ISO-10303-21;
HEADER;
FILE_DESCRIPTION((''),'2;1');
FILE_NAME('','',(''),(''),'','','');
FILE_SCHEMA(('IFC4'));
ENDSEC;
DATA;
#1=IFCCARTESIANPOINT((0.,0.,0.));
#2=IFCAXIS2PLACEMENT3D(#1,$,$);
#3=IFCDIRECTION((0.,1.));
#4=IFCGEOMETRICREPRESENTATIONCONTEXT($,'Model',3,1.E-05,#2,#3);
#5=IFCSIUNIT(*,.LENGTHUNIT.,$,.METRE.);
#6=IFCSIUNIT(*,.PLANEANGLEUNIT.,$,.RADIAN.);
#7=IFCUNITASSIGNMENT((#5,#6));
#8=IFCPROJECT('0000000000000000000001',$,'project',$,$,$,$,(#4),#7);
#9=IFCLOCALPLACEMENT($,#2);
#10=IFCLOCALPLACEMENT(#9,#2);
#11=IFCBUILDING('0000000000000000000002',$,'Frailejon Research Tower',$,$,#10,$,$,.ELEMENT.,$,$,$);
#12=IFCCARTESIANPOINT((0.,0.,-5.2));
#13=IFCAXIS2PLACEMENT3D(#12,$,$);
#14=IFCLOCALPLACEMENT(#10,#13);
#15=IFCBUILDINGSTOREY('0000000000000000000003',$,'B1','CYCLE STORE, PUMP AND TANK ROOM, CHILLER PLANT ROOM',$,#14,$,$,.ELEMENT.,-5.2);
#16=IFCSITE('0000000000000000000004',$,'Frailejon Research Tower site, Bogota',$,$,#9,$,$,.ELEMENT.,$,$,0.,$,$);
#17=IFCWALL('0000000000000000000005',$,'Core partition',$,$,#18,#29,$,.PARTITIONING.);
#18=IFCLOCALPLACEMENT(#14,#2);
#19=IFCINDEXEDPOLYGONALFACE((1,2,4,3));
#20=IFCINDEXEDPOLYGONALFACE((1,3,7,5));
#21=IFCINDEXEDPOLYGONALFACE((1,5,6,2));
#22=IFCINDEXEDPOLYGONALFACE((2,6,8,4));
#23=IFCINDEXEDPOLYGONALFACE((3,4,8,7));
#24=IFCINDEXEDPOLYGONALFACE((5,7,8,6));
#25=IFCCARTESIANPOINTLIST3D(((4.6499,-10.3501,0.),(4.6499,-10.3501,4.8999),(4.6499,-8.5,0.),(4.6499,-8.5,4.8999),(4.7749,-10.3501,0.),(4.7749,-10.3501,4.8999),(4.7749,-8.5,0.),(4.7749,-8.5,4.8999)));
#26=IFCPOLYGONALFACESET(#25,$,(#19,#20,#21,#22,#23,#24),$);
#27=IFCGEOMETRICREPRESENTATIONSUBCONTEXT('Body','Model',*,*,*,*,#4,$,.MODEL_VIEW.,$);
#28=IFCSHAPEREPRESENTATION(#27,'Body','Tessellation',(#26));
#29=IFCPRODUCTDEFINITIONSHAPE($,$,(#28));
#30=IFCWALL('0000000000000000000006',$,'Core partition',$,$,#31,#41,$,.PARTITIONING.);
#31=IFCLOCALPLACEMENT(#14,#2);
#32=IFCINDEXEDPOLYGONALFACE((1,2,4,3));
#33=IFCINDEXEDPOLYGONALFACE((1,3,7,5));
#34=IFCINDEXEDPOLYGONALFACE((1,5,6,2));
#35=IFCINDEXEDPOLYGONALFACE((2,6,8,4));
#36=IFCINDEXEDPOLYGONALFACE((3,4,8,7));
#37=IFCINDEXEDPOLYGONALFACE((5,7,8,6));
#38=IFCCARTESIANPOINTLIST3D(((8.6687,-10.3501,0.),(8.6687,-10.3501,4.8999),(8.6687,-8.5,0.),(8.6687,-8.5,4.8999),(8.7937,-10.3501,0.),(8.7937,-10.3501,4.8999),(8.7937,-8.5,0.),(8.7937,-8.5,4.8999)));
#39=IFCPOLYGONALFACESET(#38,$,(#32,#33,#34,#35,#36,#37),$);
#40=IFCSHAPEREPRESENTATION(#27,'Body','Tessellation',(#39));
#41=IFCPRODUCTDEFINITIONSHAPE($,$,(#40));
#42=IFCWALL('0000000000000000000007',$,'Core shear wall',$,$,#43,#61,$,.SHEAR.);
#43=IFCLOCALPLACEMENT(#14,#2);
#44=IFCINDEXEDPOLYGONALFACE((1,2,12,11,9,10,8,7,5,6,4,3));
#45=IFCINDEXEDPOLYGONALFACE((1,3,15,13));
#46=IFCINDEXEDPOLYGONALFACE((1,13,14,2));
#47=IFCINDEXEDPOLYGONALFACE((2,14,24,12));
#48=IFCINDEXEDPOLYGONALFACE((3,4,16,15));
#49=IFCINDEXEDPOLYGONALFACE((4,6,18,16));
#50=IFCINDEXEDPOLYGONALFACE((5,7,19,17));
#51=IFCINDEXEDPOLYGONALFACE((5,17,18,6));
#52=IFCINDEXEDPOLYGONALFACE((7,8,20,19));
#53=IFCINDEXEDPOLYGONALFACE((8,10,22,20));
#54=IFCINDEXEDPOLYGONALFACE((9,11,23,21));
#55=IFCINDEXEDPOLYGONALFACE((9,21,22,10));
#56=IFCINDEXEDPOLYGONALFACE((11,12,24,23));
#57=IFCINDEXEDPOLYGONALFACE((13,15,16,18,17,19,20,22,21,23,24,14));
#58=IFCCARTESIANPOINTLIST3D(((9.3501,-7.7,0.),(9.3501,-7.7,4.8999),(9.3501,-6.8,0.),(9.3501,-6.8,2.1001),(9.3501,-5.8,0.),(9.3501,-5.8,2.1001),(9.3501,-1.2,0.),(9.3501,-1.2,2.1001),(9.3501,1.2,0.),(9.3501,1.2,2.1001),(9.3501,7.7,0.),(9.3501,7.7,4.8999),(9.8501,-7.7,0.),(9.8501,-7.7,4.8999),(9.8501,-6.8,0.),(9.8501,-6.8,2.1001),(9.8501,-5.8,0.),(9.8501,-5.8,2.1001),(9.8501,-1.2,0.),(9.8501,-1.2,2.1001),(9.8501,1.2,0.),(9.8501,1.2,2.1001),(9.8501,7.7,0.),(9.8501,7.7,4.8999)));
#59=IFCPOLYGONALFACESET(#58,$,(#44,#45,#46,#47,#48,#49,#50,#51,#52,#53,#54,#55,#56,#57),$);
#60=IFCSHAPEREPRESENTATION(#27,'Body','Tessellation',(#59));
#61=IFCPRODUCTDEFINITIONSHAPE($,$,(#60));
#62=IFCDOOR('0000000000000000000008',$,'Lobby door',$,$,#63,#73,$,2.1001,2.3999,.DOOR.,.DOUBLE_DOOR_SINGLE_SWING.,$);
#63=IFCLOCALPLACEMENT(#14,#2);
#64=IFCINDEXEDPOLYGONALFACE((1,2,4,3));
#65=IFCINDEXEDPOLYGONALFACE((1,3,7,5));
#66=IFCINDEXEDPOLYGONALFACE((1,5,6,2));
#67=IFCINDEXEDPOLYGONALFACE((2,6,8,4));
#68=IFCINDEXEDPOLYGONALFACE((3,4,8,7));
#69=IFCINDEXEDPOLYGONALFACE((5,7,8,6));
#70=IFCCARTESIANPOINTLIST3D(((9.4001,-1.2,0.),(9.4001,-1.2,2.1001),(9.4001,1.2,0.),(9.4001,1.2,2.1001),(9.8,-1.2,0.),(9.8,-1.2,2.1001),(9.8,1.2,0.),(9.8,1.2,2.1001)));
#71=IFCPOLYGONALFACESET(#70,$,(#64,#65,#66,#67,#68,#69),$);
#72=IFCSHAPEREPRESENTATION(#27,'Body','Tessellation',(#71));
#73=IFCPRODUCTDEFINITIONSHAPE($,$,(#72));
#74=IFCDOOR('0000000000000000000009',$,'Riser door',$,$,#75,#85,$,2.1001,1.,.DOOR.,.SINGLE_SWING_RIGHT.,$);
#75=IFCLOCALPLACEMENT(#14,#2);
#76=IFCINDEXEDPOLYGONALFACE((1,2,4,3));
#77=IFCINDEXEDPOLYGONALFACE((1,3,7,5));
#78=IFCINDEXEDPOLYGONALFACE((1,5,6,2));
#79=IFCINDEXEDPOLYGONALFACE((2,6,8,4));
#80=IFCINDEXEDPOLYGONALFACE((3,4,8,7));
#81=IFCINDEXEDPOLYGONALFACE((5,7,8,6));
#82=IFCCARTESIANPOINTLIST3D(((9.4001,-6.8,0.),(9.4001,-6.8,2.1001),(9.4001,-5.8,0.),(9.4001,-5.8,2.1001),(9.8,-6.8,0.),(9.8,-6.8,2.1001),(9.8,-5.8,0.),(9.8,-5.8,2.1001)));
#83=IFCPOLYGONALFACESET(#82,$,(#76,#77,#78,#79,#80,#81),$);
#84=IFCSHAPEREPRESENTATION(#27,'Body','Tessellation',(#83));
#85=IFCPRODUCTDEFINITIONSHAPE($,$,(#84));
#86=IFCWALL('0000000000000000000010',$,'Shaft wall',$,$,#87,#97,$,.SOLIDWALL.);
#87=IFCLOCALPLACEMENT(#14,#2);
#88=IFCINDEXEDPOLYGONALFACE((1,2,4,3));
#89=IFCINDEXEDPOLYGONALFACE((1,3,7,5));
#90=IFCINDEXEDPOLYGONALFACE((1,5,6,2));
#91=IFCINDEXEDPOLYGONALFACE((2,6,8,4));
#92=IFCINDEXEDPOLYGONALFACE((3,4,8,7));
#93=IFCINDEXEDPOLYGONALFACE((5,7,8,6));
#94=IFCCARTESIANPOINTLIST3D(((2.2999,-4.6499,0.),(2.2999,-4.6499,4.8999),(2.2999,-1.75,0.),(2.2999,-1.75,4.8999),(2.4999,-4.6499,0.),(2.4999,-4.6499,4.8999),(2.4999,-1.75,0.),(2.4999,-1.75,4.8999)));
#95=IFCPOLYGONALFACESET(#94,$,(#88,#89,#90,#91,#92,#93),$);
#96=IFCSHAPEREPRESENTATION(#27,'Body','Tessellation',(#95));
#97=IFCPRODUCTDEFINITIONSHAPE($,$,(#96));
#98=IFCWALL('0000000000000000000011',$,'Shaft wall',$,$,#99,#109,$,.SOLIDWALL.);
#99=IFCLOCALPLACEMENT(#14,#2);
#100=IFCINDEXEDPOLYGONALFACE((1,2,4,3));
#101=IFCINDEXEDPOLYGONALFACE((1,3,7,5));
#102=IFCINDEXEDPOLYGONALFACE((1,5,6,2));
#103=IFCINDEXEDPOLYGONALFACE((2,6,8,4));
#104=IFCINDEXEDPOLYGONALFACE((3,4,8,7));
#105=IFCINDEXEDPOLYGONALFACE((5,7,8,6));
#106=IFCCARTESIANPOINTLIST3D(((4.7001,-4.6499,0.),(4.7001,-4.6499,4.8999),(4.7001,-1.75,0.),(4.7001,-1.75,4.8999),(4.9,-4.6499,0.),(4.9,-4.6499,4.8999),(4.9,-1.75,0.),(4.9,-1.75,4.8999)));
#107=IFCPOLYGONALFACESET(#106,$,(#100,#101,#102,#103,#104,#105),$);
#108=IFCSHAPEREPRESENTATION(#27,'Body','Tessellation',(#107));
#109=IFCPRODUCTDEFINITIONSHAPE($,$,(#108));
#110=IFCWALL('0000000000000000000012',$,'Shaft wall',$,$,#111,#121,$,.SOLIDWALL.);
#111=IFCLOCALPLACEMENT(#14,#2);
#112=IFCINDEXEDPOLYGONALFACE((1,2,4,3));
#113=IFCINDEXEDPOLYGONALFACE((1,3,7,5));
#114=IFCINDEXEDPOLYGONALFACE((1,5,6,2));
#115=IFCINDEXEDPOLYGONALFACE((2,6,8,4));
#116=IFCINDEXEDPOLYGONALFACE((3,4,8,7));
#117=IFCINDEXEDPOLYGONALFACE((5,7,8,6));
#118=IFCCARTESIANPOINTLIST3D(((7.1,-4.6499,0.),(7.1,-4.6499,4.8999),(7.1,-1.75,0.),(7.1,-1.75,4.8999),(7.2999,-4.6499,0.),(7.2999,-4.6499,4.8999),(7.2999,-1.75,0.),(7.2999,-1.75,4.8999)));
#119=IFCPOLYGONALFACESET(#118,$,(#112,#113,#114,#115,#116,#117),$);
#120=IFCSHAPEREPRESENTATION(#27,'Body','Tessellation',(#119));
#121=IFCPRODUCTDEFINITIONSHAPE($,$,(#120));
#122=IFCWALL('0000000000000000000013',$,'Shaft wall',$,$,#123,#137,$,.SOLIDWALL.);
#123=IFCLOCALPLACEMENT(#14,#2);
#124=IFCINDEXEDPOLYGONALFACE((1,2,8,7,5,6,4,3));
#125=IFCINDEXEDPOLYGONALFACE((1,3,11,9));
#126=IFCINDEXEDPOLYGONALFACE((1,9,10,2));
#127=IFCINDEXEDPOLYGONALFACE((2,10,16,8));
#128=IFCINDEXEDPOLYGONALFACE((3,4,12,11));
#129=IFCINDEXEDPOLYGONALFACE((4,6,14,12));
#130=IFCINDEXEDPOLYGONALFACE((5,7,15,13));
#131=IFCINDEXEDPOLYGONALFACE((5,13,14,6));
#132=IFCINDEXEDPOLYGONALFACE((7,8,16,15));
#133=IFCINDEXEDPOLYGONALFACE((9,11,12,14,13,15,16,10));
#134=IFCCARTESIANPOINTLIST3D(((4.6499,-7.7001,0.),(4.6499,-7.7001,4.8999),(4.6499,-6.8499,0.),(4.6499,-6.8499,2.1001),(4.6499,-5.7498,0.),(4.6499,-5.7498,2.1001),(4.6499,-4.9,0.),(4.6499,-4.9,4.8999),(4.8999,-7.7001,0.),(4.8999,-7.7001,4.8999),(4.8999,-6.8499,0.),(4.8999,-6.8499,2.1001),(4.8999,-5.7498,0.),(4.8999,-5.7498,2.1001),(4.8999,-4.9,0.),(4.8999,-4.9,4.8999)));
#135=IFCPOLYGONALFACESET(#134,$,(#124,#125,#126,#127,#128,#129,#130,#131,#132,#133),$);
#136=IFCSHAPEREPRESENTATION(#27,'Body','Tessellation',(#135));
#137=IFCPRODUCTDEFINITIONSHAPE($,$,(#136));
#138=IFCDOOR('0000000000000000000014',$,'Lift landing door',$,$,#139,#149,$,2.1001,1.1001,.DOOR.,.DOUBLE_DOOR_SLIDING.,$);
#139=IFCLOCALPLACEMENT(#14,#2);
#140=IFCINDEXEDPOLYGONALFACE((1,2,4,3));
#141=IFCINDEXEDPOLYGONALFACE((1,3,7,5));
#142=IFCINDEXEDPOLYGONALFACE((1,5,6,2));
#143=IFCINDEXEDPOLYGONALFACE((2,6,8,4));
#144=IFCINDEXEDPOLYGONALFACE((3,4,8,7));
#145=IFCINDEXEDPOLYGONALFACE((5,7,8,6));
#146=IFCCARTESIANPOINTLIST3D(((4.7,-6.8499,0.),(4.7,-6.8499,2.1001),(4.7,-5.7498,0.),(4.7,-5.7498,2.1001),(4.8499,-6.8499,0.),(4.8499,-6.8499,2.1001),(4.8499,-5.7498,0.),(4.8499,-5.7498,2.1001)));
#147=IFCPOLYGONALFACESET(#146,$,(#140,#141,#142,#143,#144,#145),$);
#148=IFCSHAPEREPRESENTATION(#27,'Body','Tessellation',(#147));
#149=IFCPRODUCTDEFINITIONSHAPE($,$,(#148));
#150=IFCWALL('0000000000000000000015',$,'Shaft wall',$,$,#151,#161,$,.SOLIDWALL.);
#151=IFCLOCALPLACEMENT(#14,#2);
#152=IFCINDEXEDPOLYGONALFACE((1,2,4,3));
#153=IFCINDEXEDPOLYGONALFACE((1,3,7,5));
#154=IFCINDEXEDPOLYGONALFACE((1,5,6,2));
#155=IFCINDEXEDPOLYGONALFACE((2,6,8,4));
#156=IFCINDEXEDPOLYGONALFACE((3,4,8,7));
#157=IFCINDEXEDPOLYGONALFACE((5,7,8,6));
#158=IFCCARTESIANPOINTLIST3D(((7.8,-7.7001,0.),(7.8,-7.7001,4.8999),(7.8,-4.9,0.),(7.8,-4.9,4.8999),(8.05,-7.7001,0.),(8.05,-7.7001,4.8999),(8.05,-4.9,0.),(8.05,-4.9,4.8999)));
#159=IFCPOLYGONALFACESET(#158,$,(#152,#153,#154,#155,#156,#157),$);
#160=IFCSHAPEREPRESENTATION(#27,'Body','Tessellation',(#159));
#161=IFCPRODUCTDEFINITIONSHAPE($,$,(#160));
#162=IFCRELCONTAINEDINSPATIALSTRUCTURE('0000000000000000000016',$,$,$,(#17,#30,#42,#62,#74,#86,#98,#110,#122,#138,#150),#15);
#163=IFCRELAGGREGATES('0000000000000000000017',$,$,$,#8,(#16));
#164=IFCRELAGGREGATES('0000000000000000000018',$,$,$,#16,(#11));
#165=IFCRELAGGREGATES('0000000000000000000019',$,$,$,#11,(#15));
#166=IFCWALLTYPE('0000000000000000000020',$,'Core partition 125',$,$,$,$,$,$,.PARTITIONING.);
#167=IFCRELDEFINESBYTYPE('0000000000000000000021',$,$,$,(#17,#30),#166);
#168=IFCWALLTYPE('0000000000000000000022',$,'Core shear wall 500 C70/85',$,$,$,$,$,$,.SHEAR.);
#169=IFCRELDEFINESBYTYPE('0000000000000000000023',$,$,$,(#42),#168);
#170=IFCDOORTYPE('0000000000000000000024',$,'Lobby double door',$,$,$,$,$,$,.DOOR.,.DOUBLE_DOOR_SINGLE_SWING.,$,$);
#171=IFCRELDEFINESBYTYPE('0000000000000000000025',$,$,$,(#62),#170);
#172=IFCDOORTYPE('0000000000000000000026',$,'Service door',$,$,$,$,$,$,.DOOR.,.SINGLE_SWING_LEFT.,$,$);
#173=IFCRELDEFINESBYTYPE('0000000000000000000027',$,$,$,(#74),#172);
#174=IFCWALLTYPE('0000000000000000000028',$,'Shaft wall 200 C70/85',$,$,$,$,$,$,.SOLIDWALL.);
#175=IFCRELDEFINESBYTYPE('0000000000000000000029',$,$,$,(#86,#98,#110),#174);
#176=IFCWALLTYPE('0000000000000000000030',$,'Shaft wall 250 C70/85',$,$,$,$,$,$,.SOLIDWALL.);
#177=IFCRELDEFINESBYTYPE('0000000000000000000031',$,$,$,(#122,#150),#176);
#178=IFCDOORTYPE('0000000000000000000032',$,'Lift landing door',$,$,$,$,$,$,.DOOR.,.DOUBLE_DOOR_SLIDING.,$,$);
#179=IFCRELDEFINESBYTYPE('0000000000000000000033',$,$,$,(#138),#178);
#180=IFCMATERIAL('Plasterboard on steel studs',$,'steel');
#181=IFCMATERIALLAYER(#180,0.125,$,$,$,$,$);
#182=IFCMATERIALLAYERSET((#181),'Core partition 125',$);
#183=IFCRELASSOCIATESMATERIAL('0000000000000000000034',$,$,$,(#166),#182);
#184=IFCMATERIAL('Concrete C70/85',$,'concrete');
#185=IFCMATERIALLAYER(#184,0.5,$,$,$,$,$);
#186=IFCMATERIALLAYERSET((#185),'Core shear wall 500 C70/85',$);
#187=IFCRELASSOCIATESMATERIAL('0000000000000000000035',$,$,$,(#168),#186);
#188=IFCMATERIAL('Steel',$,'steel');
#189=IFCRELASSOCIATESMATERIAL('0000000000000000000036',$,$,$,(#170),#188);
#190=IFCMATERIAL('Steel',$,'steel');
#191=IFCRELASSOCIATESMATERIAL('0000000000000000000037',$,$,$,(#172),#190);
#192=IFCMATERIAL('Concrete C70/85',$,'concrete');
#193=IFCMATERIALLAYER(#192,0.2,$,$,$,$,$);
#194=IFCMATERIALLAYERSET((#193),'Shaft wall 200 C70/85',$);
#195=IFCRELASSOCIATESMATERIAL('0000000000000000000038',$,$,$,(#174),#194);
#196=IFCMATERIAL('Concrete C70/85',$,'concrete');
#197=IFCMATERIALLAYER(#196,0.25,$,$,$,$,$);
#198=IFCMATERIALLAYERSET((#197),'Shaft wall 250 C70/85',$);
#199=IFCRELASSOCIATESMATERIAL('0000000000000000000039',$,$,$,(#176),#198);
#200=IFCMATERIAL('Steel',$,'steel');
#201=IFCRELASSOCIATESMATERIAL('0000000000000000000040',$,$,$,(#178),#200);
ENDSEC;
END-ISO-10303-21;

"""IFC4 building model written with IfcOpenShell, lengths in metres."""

from ifc_helpers import new_model, si_unit, direction, frame, frame_2d, origin, place, context, subcontext, project, spatial, rectangle, extrude, material, layer, layer_set, type_object, element, fill, save


model = new_model("IFC4")

# Units and contexts
model_context = context("Model", 3, precision=1e-05, world=origin(), true_north=direction((0.0, 1.0)))
body_context = subcontext(model_context, "Body", "Model", "MODEL_VIEW")
ifc_project = project(units=[si_unit("LENGTHUNIT", "METRE"), si_unit("PLANEANGLEUNIT", "RADIAN")], contexts=[model_context])

# Site, building, storey
site_placement = place(None, origin())
site = spatial("IfcSite", under=ifc_project, at=site_placement, Name="Frailejon Research Tower site, Bogota", CompositionType="ELEMENT", RefElevation=0.0)
building_placement = place(site_placement, origin())
building = spatial("IfcBuilding", under=site, at=building_placement, Name="Frailejon Research Tower", CompositionType="ELEMENT")
storey_placement = place(building_placement, frame((0.0, 0.0, -5.2)))
storey = spatial("IfcBuildingStorey", under=building, at=storey_placement, Name="B1", Description="CYCLE STORE, PUMP AND TANK ROOM, CHILLER PLANT ROOM", CompositionType="ELEMENT", Elevation=-5.2)

# Walls
ifc_material_1 = material(Name="Plasterboard on steel studs", Category="steel")
ifc_layer_1 = layer(ifc_material_1, 0.125)
ifc_layer_set_1 = layer_set([ifc_layer_1], Name="Core partition 125")
wall_type_1 = type_object("IfcWallType", Name="Core partition 125", PredefinedType="PARTITIONING", material=ifc_layer_set_1)
for number, where, z_axis, x_axis, name in (
    (1, (4.7124, -10.3501, 0.0), (0.0, 0.0, 1.0), (0.0, 1.0, 0.0), "Core partition"),
    (2, (8.7312, -10.3501, 0.0), (0.0, 0.0, 1.0), (0.0, 1.0, 0.0), "Core partition"),
):
    element("IfcWall", number, at=place(storey_placement, frame(where, z_axis=z_axis, x_axis=x_axis)), inside=storey, type_object=wall_type_1, Name=name, PredefinedType="PARTITIONING", context=body_context, shape_type="SweptSolid", body=[
        extrude(rectangle(XDim=1.8501, YDim=0.125, at=frame_2d((0.925, 0.0))), origin(), (0.0, 0.0, 1.0), 4.8999),
    ])

# Wall, openings, doors
ifc_material_2 = material(Name="Concrete C70/85", Category="concrete")
ifc_layer_2 = layer(ifc_material_2, 0.5)
ifc_layer_set_2 = layer_set([ifc_layer_2], Name="Core shear wall 500 C70/85")
wall_type_2 = type_object("IfcWallType", Name="Core shear wall 500 C70/85", PredefinedType="SHEAR", material=ifc_layer_set_2)
wall_1_placement = place(storey_placement, frame((9.6001, -7.7, 0.0), z_axis=(0.0, 0.0, 1.0), x_axis=(0.0, 1.0, 0.0)))
wall_1 = element("IfcWall", 3, at=wall_1_placement, inside=storey, type_object=wall_type_2, Name="Core shear wall", PredefinedType="SHEAR", context=body_context, shape_type="SweptSolid", body=[
    extrude(rectangle(XDim=15.3999, YDim=0.5, at=frame_2d((7.7, 0.0))), origin(), (0.0, 0.0, 1.0), 4.8999),
])
opening_1_placement = place(wall_1_placement, frame((6.5, 0.0, 0.0)))
opening_1 = element("IfcOpeningElement", 4, at=opening_1_placement, cuts=wall_1, PredefinedType="OPENING", context=body_context, shape_type="SweptSolid", body=[
    extrude(rectangle(XDim=2.3999, YDim=2.1001, at=frame_2d((1.2, 1.05))), frame((0.0, 0.26, 0.0), z_axis=(0.0, -1.0, 0.0), x_axis=(1.0, 0.0, 0.0)), (0.0, 0.0, 1.0), 0.52),
])
opening_2_placement = place(wall_1_placement, frame((0.8999, 0.0, 0.0)))
opening_2 = element("IfcOpeningElement", 5, at=opening_2_placement, cuts=wall_1, PredefinedType="OPENING", context=body_context, shape_type="SweptSolid", body=[
    extrude(rectangle(XDim=1.0, YDim=2.1001, at=frame_2d((0.5, 1.05))), frame((0.0, 0.26, 0.0), z_axis=(0.0, -1.0, 0.0), x_axis=(1.0, 0.0, 0.0)), (0.0, 0.0, 1.0), 0.52),
])
ifc_material_3 = material(Name="Steel", Category="steel")
door_type_1 = type_object("IfcDoorType", Name="Lobby double door", OperationType="DOUBLE_DOOR_SINGLE_SWING", PredefinedType="DOOR", material=ifc_material_3)
door_1_placement = place(opening_1_placement, origin())
door_1 = element("IfcDoor", 6, at=door_1_placement, inside=storey, type_object=door_type_1, Name="Lobby door", OperationType="DOUBLE_DOOR_SINGLE_SWING", OverallHeight=2.1001, OverallWidth=2.3999, PredefinedType="DOOR", context=body_context, shape_type="SweptSolid", body=[
    extrude(rectangle(XDim=2.3999, YDim=2.1001, at=frame_2d((1.2, 1.05))), frame((0.0, 0.2, 0.0), z_axis=(0.0, -1.0, 0.0), x_axis=(1.0, 0.0, 0.0)), (0.0, 0.0, 1.0), 0.3999),
])
fill(opening_1, door_1)
ifc_material_4 = material(Name="Steel", Category="steel")
door_type_2 = type_object("IfcDoorType", Name="Service door", OperationType="SINGLE_SWING_LEFT", PredefinedType="DOOR", material=ifc_material_4)
door_2_placement = place(opening_2_placement, origin())
door_2 = element("IfcDoor", 7, at=door_2_placement, inside=storey, type_object=door_type_2, Name="Riser door", OperationType="SINGLE_SWING_RIGHT", OverallHeight=2.1001, OverallWidth=1.0, PredefinedType="DOOR", context=body_context, shape_type="SweptSolid", body=[
    extrude(rectangle(XDim=1.0, YDim=2.1001, at=frame_2d((0.5, 1.05))), frame((0.0, 0.2, 0.0), z_axis=(0.0, -1.0, 0.0), x_axis=(1.0, 0.0, 0.0)), (0.0, 0.0, 1.0), 0.3999),
])
fill(opening_2, door_2)

# Walls
ifc_material_5 = material(Name="Concrete C70/85", Category="concrete")
ifc_layer_3 = layer(ifc_material_5, 0.2)
ifc_layer_set_3 = layer_set([ifc_layer_3], Name="Shaft wall 200 C70/85")
wall_type_3 = type_object("IfcWallType", Name="Shaft wall 200 C70/85", PredefinedType="SOLIDWALL", material=ifc_layer_set_3)
for number, where, z_axis, x_axis, name in (
    (8, (2.3999, -4.6499, 0.0), (0.0, 0.0, 1.0), (0.0, 1.0, 0.0), "Shaft wall"),
    (9, (4.8, -4.6499, 0.0), (0.0, 0.0, 1.0), (0.0, 1.0, 0.0), "Shaft wall"),
    (10, (7.2, -4.6499, 0.0), (0.0, 0.0, 1.0), (0.0, 1.0, 0.0), "Shaft wall"),
):
    element("IfcWall", number, at=place(storey_placement, frame(where, z_axis=z_axis, x_axis=x_axis)), inside=storey, type_object=wall_type_3, Name=name, PredefinedType="SOLIDWALL", context=body_context, shape_type="SweptSolid", body=[
        extrude(rectangle(XDim=2.8999, YDim=0.2, at=frame_2d((1.45, 0.0))), origin(), (0.0, 0.0, 1.0), 4.8999),
    ])

# Wall, opening, door
ifc_material_6 = material(Name="Concrete C70/85", Category="concrete")
ifc_layer_4 = layer(ifc_material_6, 0.25)
ifc_layer_set_4 = layer_set([ifc_layer_4], Name="Shaft wall 250 C70/85")
wall_type_4 = type_object("IfcWallType", Name="Shaft wall 250 C70/85", PredefinedType="SOLIDWALL", material=ifc_layer_set_4)
wall_2_placement = place(storey_placement, frame((4.7749, -7.7, 0.0), z_axis=(0.0, 0.0, 1.0), x_axis=(0.0, 1.0, 0.0)))
wall_2 = element("IfcWall", 11, at=wall_2_placement, inside=storey, type_object=wall_type_4, Name="Shaft wall", PredefinedType="SOLIDWALL", context=body_context, shape_type="SweptSolid", body=[
    extrude(rectangle(XDim=2.8, YDim=0.25, at=frame_2d((1.3999, 0.0))), origin(), (0.0, 0.0, 1.0), 4.8999),
])
opening_3_placement = place(wall_2_placement, frame((0.8501, 0.0, 0.0)))
opening_3 = element("IfcOpeningElement", 12, at=opening_3_placement, cuts=wall_2, PredefinedType="OPENING", context=body_context, shape_type="SweptSolid", body=[
    extrude(rectangle(XDim=1.1001, YDim=2.1001, at=frame_2d((0.55, 1.05))), frame((0.0, 0.135, 0.0), z_axis=(0.0, -1.0, 0.0), x_axis=(1.0, 0.0, 0.0)), (0.0, 0.0, 1.0), 0.27),
])
ifc_material_7 = material(Name="Steel", Category="steel")
door_type_3 = type_object("IfcDoorType", Name="Lift landing door", OperationType="DOUBLE_DOOR_SLIDING", PredefinedType="DOOR", material=ifc_material_7)
door_3_placement = place(opening_3_placement, origin())
door_3 = element("IfcDoor", 13, at=door_3_placement, inside=storey, type_object=door_type_3, Name="Lift landing door", OperationType="DOUBLE_DOOR_SLIDING", OverallHeight=2.1001, OverallWidth=1.1001, PredefinedType="DOOR", context=body_context, shape_type="SweptSolid", body=[
    extrude(rectangle(XDim=1.1001, YDim=2.1001, at=frame_2d((0.55, 1.05))), frame((0.0, 0.075, 0.0), z_axis=(0.0, -1.0, 0.0), x_axis=(1.0, 0.0, 0.0)), (0.0, 0.0, 1.0), 0.1499),
])
fill(opening_3, door_3)

# Wall
wall_3_placement = place(storey_placement, frame((7.925, -7.7, 0.0), z_axis=(0.0, 0.0, 1.0), x_axis=(0.0, 1.0, 0.0)))
element("IfcWall", 14, at=wall_3_placement, inside=storey, type_object=wall_type_4, Name="Shaft wall", PredefinedType="SOLIDWALL", context=body_context, shape_type="SweptSolid", body=[
    extrude(rectangle(XDim=2.8, YDim=0.25, at=frame_2d((1.3999, 0.0))), origin(), (0.0, 0.0, 1.0), 4.8999),
])

save(model, "model.ifc")
